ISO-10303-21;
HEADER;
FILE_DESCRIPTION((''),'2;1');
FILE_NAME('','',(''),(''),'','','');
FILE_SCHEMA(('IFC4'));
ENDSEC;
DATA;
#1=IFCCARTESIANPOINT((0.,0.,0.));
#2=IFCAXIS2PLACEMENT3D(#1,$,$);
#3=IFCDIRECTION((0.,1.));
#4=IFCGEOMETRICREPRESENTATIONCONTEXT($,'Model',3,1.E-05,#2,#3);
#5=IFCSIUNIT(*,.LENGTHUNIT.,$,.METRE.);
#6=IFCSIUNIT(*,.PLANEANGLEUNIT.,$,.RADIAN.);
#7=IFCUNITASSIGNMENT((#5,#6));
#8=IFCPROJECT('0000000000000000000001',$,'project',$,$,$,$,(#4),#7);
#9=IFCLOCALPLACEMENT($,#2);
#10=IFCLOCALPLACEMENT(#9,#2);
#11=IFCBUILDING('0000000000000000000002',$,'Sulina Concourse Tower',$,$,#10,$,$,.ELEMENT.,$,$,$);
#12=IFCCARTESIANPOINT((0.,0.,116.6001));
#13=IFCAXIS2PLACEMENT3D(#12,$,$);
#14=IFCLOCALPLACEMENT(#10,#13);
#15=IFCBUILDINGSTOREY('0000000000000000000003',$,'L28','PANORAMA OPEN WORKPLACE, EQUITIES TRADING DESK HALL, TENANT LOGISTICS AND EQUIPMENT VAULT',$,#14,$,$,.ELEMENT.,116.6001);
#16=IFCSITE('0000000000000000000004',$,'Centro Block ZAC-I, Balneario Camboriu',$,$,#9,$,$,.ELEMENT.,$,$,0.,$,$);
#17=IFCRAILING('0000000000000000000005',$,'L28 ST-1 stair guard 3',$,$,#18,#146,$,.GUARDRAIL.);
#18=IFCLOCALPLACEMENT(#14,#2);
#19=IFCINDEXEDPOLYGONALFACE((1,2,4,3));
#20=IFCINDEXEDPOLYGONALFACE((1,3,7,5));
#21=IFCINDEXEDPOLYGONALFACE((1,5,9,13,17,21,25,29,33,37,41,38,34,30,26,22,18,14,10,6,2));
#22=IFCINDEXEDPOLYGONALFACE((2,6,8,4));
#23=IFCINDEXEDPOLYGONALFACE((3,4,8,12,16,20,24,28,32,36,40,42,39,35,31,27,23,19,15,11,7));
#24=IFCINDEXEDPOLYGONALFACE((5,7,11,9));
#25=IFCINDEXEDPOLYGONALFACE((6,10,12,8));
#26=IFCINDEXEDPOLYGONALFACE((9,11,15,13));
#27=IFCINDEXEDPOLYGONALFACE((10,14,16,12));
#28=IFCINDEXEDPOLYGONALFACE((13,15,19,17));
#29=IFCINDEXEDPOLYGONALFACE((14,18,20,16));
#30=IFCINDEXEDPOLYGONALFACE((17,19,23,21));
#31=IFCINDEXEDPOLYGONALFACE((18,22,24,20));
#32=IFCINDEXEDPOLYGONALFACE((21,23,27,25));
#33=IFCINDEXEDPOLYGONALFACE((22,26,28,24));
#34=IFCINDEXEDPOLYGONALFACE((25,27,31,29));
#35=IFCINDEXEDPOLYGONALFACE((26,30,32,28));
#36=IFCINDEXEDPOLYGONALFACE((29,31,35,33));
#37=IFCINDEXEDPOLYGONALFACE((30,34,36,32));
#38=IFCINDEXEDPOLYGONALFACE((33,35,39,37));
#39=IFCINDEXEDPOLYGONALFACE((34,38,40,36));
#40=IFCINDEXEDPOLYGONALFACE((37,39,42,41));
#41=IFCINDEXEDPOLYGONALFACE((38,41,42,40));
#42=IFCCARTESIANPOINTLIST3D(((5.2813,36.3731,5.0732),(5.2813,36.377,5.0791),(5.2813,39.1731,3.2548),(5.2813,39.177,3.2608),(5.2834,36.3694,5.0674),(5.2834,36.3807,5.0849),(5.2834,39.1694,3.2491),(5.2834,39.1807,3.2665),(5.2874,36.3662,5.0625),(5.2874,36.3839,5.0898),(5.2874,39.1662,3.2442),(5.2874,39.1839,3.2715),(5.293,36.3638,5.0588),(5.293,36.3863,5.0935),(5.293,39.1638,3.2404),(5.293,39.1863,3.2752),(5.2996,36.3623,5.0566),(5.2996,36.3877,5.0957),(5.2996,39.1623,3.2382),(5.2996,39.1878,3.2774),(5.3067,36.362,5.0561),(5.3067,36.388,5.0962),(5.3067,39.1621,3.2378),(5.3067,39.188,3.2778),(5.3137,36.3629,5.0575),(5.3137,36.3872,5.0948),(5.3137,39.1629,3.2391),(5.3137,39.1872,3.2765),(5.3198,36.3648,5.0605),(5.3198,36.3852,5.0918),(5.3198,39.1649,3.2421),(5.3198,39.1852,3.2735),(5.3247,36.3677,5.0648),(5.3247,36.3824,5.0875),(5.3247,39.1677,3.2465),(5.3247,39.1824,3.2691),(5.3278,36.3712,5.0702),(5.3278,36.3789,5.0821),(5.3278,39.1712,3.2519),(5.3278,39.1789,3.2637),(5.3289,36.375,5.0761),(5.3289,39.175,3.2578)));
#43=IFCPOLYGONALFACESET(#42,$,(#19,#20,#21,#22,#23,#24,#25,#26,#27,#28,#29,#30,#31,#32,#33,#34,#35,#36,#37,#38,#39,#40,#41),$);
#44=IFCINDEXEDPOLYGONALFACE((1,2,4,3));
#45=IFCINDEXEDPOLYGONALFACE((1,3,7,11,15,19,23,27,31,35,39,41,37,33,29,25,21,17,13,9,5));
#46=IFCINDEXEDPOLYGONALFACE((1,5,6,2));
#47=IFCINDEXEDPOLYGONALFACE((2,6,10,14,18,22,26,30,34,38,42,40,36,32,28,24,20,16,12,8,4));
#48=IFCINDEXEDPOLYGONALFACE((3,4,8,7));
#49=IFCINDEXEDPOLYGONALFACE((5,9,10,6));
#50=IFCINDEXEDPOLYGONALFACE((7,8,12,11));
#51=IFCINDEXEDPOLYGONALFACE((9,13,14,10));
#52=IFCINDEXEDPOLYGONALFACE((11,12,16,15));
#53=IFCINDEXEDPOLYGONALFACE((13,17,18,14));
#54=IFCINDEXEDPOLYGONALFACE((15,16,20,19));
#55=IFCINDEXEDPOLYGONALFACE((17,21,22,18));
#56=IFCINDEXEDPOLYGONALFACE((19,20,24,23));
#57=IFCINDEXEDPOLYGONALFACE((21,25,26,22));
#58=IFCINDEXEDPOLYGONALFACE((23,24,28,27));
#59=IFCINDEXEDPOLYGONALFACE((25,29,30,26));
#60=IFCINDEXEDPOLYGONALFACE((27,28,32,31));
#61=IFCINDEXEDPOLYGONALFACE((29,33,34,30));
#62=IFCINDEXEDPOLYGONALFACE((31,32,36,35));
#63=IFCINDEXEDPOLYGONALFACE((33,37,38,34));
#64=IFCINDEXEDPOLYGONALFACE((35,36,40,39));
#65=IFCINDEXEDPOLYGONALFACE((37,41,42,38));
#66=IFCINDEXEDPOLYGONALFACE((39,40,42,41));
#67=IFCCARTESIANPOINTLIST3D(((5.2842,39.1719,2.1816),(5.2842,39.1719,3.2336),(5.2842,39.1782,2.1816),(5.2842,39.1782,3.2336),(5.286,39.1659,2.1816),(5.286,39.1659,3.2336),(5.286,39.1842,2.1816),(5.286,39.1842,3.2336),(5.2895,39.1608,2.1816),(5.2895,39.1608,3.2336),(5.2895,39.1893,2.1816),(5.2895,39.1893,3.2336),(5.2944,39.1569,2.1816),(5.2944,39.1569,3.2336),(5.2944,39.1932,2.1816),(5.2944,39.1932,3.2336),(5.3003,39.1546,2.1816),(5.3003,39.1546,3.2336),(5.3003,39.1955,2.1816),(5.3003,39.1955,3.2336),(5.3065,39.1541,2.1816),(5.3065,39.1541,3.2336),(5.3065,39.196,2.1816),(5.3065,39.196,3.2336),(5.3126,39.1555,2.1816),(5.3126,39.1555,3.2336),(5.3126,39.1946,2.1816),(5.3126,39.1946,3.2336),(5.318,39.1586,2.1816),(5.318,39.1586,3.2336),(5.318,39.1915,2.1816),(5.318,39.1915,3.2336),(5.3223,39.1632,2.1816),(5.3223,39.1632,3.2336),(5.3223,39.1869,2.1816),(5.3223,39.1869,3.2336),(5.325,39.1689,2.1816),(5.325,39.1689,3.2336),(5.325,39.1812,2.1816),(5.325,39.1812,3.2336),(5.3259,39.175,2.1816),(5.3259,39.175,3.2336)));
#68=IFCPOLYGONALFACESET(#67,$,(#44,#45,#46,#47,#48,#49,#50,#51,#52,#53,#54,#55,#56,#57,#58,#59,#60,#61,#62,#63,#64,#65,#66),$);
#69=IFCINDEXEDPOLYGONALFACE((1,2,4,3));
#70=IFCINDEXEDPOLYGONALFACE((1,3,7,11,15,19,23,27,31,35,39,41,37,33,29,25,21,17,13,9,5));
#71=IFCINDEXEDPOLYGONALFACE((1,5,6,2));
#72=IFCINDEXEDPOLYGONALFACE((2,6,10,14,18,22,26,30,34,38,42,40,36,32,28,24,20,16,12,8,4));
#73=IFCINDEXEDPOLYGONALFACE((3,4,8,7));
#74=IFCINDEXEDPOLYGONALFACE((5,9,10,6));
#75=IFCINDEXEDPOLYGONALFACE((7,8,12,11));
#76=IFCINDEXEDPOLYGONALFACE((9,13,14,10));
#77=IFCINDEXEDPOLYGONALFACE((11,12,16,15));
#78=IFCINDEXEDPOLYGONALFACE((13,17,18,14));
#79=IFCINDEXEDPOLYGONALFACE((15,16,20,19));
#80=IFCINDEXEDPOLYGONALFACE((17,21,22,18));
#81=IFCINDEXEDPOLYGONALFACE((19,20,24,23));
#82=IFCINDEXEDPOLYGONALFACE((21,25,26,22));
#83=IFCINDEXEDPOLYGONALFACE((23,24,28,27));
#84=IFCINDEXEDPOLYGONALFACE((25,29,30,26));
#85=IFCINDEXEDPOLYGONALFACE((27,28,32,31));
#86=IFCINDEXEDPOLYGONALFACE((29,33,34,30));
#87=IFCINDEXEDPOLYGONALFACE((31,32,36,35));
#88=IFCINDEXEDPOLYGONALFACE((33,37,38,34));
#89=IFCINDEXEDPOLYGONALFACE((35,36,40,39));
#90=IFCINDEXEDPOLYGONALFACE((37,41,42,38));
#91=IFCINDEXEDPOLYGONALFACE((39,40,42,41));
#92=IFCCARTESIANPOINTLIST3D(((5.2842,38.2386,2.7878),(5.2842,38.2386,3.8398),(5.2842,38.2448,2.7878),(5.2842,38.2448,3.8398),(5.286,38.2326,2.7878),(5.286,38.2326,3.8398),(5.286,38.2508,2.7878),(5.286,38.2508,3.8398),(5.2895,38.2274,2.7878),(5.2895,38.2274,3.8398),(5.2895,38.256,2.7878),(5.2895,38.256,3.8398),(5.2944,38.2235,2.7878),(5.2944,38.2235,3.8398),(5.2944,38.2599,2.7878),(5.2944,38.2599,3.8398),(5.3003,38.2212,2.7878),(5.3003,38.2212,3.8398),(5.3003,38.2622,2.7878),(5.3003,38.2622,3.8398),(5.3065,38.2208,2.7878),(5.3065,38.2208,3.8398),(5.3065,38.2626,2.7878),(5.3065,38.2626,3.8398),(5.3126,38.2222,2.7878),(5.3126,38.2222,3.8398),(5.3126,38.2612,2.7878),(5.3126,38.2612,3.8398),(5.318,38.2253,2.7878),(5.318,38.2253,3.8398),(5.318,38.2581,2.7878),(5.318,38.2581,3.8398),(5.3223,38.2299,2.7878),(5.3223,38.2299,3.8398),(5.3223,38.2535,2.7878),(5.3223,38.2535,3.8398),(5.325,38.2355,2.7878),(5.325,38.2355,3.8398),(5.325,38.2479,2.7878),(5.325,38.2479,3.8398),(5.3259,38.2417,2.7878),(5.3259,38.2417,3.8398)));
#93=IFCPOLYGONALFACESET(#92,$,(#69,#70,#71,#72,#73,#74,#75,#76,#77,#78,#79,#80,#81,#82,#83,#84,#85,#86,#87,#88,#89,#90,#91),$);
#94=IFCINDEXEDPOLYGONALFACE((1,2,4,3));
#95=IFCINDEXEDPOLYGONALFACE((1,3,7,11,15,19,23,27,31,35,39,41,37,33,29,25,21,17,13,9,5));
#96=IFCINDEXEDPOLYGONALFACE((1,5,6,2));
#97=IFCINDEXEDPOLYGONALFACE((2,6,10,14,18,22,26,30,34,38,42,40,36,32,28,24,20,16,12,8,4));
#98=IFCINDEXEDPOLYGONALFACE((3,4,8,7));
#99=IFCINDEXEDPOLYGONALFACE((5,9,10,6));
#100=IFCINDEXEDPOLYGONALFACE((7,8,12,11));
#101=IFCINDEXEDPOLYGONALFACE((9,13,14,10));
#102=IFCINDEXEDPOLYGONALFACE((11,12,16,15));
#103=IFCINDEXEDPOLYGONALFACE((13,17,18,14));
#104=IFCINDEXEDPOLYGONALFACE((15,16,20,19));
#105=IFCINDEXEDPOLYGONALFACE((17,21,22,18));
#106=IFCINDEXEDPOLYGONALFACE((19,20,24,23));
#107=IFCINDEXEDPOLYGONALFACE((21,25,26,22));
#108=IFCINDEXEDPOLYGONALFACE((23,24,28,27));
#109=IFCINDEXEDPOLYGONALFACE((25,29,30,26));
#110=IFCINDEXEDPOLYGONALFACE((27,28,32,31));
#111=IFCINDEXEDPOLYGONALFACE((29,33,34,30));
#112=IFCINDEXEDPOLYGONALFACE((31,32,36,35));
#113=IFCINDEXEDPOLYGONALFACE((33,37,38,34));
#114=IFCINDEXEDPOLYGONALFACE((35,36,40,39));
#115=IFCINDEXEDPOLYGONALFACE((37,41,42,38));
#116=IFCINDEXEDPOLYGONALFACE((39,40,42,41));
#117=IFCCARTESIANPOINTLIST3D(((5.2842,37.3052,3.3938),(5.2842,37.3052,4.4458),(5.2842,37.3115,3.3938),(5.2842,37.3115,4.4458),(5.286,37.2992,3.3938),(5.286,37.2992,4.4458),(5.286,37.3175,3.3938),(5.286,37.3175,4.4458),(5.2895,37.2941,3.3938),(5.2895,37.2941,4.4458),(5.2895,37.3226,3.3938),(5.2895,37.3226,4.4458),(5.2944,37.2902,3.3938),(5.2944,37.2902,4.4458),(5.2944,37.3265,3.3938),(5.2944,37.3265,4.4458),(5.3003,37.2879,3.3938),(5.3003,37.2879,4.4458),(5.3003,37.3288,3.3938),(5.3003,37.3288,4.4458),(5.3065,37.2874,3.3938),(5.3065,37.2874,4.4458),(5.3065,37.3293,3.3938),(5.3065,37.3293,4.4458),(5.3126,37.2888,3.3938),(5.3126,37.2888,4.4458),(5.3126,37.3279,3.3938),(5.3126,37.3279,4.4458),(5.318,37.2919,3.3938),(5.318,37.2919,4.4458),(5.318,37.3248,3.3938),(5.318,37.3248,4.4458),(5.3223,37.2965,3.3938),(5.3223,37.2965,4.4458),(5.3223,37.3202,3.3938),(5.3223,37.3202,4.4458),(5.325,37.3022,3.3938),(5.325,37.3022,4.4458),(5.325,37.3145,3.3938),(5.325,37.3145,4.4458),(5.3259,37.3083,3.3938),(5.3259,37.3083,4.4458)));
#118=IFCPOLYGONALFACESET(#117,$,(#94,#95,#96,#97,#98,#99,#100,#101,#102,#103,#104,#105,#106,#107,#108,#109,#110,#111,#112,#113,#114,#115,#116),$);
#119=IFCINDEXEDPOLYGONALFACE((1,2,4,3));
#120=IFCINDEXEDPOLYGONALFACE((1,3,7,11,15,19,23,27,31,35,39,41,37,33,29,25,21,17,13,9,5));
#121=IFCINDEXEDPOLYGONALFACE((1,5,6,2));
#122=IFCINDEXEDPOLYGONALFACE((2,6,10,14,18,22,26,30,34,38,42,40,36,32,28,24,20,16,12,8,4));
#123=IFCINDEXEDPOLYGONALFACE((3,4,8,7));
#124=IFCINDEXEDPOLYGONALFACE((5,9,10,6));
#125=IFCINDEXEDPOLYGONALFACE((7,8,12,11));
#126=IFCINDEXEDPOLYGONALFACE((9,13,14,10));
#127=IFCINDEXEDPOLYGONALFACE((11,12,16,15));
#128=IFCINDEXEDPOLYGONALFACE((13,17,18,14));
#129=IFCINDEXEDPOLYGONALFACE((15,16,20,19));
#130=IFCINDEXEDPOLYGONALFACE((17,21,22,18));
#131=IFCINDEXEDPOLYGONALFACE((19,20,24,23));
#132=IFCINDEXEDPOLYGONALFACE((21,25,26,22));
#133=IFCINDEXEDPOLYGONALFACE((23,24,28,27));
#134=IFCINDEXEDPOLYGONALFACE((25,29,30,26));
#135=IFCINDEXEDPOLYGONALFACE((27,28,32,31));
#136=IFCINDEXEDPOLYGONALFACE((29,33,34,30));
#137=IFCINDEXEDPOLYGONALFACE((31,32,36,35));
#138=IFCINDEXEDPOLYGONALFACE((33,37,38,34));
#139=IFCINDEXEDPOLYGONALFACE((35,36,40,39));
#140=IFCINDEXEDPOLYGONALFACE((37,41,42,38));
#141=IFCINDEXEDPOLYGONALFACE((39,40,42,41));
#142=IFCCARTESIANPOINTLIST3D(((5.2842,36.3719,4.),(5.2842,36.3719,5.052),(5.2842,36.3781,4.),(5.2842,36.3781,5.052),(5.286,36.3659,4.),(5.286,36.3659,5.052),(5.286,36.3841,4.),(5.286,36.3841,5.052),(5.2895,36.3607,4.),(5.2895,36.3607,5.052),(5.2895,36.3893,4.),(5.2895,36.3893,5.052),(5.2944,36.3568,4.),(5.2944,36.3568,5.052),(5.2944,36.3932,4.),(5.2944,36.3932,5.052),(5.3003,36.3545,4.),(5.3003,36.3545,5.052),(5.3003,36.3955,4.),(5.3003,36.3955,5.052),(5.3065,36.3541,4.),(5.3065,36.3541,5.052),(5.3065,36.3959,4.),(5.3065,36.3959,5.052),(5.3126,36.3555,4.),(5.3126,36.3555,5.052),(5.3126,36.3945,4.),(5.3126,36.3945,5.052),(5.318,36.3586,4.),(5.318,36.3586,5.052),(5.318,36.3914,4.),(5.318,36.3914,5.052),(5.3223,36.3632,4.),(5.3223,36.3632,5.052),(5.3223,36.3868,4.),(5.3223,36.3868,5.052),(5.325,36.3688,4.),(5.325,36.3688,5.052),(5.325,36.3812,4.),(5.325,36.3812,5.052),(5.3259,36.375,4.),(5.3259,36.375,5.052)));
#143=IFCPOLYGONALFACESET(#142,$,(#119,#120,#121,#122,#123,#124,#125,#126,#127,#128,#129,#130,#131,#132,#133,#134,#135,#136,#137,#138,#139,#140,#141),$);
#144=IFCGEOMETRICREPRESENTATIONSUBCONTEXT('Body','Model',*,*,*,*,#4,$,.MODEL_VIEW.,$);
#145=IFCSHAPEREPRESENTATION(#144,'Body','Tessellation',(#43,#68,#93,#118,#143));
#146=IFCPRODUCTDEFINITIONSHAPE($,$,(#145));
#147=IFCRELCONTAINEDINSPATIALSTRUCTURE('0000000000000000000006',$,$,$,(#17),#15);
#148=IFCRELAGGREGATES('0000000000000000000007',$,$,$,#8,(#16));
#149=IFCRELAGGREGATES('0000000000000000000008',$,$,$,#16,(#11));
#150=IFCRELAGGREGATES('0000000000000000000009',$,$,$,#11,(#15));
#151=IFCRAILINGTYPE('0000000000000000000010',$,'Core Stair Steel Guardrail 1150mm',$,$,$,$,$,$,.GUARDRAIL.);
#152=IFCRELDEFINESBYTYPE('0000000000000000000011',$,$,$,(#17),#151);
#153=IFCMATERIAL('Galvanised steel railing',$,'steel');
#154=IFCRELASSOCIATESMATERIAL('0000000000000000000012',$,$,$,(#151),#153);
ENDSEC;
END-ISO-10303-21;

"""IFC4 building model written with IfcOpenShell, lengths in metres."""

from ifc_helpers import new_model, si_unit, direction, frame, origin, origin_2d, place, context, subcontext, project, spatial, circle, extrude, material, type_object, element, save


model = new_model("IFC4")

# Units and contexts
model_context = context("Model", 3, precision=1e-05, world=origin(), true_north=direction((0.0, 1.0)))
body_context = subcontext(model_context, "Body", "Model", "MODEL_VIEW")
ifc_project = project(units=[si_unit("LENGTHUNIT", "METRE"), si_unit("PLANEANGLEUNIT", "RADIAN")], contexts=[model_context])

# Site, building, storey
site_placement = place(None, origin())
site = spatial("IfcSite", under=ifc_project, at=site_placement, Name="Centro Block ZAC-I, Balneario Camboriu", CompositionType="ELEMENT", RefElevation=0.0)
building_placement = place(site_placement, origin())
building = spatial("IfcBuilding", under=site, at=building_placement, Name="Sulina Concourse Tower", CompositionType="ELEMENT")
storey_placement = place(building_placement, frame((0.0, 0.0, 116.6001)))
storey = spatial("IfcBuildingStorey", under=building, at=storey_placement, Name="L28", Description="PANORAMA OPEN WORKPLACE, EQUITIES TRADING DESK HALL, TENANT LOGISTICS AND EQUIPMENT VAULT", CompositionType="ELEMENT", Elevation=116.6001)

# Railing
ifc_material_1 = material(Name="Galvanised steel railing", Category="steel")
railing_type_1 = type_object("IfcRailingType", Name="Core Stair Steel Guardrail 1150mm", PredefinedType="GUARDRAIL", material=ifc_material_1)
railing_1_placement = place(storey_placement, frame((5.3049, 39.175, 2.1816)))
element("IfcRailing", 1, at=railing_1_placement, inside=storey, type_object=railing_type_1, Name="L28 ST-1 stair guard 3", PredefinedType="GUARDRAIL", context=body_context, shape_type="SweptSolid", body=[
    extrude(circle(Radius=0.0239, at=origin_2d()), frame((0.0, 0.0, 1.0762), z_axis=(0.0, -0.838672, 0.544636), x_axis=(1.0, 0.0, 0.0)), (0.0, 0.0, 1.0), 3.3386),
    extrude(circle(Radius=0.021, at=origin_2d()), origin(), (0.0, 0.0, 1.0), 1.052),
    extrude(circle(Radius=0.021, at=origin_2d()), frame((0.0, -0.9333, 0.6062)), (0.0, 0.0, 1.0), 1.052),
    extrude(circle(Radius=0.021, at=origin_2d()), frame((0.0, -1.8667, 1.2122)), (0.0, 0.0, 1.0), 1.052),
    extrude(circle(Radius=0.021, at=origin_2d()), frame((0.0, -2.8, 1.8184)), (0.0, 0.0, 1.0), 1.052),
])

save(model, "model.ifc")
